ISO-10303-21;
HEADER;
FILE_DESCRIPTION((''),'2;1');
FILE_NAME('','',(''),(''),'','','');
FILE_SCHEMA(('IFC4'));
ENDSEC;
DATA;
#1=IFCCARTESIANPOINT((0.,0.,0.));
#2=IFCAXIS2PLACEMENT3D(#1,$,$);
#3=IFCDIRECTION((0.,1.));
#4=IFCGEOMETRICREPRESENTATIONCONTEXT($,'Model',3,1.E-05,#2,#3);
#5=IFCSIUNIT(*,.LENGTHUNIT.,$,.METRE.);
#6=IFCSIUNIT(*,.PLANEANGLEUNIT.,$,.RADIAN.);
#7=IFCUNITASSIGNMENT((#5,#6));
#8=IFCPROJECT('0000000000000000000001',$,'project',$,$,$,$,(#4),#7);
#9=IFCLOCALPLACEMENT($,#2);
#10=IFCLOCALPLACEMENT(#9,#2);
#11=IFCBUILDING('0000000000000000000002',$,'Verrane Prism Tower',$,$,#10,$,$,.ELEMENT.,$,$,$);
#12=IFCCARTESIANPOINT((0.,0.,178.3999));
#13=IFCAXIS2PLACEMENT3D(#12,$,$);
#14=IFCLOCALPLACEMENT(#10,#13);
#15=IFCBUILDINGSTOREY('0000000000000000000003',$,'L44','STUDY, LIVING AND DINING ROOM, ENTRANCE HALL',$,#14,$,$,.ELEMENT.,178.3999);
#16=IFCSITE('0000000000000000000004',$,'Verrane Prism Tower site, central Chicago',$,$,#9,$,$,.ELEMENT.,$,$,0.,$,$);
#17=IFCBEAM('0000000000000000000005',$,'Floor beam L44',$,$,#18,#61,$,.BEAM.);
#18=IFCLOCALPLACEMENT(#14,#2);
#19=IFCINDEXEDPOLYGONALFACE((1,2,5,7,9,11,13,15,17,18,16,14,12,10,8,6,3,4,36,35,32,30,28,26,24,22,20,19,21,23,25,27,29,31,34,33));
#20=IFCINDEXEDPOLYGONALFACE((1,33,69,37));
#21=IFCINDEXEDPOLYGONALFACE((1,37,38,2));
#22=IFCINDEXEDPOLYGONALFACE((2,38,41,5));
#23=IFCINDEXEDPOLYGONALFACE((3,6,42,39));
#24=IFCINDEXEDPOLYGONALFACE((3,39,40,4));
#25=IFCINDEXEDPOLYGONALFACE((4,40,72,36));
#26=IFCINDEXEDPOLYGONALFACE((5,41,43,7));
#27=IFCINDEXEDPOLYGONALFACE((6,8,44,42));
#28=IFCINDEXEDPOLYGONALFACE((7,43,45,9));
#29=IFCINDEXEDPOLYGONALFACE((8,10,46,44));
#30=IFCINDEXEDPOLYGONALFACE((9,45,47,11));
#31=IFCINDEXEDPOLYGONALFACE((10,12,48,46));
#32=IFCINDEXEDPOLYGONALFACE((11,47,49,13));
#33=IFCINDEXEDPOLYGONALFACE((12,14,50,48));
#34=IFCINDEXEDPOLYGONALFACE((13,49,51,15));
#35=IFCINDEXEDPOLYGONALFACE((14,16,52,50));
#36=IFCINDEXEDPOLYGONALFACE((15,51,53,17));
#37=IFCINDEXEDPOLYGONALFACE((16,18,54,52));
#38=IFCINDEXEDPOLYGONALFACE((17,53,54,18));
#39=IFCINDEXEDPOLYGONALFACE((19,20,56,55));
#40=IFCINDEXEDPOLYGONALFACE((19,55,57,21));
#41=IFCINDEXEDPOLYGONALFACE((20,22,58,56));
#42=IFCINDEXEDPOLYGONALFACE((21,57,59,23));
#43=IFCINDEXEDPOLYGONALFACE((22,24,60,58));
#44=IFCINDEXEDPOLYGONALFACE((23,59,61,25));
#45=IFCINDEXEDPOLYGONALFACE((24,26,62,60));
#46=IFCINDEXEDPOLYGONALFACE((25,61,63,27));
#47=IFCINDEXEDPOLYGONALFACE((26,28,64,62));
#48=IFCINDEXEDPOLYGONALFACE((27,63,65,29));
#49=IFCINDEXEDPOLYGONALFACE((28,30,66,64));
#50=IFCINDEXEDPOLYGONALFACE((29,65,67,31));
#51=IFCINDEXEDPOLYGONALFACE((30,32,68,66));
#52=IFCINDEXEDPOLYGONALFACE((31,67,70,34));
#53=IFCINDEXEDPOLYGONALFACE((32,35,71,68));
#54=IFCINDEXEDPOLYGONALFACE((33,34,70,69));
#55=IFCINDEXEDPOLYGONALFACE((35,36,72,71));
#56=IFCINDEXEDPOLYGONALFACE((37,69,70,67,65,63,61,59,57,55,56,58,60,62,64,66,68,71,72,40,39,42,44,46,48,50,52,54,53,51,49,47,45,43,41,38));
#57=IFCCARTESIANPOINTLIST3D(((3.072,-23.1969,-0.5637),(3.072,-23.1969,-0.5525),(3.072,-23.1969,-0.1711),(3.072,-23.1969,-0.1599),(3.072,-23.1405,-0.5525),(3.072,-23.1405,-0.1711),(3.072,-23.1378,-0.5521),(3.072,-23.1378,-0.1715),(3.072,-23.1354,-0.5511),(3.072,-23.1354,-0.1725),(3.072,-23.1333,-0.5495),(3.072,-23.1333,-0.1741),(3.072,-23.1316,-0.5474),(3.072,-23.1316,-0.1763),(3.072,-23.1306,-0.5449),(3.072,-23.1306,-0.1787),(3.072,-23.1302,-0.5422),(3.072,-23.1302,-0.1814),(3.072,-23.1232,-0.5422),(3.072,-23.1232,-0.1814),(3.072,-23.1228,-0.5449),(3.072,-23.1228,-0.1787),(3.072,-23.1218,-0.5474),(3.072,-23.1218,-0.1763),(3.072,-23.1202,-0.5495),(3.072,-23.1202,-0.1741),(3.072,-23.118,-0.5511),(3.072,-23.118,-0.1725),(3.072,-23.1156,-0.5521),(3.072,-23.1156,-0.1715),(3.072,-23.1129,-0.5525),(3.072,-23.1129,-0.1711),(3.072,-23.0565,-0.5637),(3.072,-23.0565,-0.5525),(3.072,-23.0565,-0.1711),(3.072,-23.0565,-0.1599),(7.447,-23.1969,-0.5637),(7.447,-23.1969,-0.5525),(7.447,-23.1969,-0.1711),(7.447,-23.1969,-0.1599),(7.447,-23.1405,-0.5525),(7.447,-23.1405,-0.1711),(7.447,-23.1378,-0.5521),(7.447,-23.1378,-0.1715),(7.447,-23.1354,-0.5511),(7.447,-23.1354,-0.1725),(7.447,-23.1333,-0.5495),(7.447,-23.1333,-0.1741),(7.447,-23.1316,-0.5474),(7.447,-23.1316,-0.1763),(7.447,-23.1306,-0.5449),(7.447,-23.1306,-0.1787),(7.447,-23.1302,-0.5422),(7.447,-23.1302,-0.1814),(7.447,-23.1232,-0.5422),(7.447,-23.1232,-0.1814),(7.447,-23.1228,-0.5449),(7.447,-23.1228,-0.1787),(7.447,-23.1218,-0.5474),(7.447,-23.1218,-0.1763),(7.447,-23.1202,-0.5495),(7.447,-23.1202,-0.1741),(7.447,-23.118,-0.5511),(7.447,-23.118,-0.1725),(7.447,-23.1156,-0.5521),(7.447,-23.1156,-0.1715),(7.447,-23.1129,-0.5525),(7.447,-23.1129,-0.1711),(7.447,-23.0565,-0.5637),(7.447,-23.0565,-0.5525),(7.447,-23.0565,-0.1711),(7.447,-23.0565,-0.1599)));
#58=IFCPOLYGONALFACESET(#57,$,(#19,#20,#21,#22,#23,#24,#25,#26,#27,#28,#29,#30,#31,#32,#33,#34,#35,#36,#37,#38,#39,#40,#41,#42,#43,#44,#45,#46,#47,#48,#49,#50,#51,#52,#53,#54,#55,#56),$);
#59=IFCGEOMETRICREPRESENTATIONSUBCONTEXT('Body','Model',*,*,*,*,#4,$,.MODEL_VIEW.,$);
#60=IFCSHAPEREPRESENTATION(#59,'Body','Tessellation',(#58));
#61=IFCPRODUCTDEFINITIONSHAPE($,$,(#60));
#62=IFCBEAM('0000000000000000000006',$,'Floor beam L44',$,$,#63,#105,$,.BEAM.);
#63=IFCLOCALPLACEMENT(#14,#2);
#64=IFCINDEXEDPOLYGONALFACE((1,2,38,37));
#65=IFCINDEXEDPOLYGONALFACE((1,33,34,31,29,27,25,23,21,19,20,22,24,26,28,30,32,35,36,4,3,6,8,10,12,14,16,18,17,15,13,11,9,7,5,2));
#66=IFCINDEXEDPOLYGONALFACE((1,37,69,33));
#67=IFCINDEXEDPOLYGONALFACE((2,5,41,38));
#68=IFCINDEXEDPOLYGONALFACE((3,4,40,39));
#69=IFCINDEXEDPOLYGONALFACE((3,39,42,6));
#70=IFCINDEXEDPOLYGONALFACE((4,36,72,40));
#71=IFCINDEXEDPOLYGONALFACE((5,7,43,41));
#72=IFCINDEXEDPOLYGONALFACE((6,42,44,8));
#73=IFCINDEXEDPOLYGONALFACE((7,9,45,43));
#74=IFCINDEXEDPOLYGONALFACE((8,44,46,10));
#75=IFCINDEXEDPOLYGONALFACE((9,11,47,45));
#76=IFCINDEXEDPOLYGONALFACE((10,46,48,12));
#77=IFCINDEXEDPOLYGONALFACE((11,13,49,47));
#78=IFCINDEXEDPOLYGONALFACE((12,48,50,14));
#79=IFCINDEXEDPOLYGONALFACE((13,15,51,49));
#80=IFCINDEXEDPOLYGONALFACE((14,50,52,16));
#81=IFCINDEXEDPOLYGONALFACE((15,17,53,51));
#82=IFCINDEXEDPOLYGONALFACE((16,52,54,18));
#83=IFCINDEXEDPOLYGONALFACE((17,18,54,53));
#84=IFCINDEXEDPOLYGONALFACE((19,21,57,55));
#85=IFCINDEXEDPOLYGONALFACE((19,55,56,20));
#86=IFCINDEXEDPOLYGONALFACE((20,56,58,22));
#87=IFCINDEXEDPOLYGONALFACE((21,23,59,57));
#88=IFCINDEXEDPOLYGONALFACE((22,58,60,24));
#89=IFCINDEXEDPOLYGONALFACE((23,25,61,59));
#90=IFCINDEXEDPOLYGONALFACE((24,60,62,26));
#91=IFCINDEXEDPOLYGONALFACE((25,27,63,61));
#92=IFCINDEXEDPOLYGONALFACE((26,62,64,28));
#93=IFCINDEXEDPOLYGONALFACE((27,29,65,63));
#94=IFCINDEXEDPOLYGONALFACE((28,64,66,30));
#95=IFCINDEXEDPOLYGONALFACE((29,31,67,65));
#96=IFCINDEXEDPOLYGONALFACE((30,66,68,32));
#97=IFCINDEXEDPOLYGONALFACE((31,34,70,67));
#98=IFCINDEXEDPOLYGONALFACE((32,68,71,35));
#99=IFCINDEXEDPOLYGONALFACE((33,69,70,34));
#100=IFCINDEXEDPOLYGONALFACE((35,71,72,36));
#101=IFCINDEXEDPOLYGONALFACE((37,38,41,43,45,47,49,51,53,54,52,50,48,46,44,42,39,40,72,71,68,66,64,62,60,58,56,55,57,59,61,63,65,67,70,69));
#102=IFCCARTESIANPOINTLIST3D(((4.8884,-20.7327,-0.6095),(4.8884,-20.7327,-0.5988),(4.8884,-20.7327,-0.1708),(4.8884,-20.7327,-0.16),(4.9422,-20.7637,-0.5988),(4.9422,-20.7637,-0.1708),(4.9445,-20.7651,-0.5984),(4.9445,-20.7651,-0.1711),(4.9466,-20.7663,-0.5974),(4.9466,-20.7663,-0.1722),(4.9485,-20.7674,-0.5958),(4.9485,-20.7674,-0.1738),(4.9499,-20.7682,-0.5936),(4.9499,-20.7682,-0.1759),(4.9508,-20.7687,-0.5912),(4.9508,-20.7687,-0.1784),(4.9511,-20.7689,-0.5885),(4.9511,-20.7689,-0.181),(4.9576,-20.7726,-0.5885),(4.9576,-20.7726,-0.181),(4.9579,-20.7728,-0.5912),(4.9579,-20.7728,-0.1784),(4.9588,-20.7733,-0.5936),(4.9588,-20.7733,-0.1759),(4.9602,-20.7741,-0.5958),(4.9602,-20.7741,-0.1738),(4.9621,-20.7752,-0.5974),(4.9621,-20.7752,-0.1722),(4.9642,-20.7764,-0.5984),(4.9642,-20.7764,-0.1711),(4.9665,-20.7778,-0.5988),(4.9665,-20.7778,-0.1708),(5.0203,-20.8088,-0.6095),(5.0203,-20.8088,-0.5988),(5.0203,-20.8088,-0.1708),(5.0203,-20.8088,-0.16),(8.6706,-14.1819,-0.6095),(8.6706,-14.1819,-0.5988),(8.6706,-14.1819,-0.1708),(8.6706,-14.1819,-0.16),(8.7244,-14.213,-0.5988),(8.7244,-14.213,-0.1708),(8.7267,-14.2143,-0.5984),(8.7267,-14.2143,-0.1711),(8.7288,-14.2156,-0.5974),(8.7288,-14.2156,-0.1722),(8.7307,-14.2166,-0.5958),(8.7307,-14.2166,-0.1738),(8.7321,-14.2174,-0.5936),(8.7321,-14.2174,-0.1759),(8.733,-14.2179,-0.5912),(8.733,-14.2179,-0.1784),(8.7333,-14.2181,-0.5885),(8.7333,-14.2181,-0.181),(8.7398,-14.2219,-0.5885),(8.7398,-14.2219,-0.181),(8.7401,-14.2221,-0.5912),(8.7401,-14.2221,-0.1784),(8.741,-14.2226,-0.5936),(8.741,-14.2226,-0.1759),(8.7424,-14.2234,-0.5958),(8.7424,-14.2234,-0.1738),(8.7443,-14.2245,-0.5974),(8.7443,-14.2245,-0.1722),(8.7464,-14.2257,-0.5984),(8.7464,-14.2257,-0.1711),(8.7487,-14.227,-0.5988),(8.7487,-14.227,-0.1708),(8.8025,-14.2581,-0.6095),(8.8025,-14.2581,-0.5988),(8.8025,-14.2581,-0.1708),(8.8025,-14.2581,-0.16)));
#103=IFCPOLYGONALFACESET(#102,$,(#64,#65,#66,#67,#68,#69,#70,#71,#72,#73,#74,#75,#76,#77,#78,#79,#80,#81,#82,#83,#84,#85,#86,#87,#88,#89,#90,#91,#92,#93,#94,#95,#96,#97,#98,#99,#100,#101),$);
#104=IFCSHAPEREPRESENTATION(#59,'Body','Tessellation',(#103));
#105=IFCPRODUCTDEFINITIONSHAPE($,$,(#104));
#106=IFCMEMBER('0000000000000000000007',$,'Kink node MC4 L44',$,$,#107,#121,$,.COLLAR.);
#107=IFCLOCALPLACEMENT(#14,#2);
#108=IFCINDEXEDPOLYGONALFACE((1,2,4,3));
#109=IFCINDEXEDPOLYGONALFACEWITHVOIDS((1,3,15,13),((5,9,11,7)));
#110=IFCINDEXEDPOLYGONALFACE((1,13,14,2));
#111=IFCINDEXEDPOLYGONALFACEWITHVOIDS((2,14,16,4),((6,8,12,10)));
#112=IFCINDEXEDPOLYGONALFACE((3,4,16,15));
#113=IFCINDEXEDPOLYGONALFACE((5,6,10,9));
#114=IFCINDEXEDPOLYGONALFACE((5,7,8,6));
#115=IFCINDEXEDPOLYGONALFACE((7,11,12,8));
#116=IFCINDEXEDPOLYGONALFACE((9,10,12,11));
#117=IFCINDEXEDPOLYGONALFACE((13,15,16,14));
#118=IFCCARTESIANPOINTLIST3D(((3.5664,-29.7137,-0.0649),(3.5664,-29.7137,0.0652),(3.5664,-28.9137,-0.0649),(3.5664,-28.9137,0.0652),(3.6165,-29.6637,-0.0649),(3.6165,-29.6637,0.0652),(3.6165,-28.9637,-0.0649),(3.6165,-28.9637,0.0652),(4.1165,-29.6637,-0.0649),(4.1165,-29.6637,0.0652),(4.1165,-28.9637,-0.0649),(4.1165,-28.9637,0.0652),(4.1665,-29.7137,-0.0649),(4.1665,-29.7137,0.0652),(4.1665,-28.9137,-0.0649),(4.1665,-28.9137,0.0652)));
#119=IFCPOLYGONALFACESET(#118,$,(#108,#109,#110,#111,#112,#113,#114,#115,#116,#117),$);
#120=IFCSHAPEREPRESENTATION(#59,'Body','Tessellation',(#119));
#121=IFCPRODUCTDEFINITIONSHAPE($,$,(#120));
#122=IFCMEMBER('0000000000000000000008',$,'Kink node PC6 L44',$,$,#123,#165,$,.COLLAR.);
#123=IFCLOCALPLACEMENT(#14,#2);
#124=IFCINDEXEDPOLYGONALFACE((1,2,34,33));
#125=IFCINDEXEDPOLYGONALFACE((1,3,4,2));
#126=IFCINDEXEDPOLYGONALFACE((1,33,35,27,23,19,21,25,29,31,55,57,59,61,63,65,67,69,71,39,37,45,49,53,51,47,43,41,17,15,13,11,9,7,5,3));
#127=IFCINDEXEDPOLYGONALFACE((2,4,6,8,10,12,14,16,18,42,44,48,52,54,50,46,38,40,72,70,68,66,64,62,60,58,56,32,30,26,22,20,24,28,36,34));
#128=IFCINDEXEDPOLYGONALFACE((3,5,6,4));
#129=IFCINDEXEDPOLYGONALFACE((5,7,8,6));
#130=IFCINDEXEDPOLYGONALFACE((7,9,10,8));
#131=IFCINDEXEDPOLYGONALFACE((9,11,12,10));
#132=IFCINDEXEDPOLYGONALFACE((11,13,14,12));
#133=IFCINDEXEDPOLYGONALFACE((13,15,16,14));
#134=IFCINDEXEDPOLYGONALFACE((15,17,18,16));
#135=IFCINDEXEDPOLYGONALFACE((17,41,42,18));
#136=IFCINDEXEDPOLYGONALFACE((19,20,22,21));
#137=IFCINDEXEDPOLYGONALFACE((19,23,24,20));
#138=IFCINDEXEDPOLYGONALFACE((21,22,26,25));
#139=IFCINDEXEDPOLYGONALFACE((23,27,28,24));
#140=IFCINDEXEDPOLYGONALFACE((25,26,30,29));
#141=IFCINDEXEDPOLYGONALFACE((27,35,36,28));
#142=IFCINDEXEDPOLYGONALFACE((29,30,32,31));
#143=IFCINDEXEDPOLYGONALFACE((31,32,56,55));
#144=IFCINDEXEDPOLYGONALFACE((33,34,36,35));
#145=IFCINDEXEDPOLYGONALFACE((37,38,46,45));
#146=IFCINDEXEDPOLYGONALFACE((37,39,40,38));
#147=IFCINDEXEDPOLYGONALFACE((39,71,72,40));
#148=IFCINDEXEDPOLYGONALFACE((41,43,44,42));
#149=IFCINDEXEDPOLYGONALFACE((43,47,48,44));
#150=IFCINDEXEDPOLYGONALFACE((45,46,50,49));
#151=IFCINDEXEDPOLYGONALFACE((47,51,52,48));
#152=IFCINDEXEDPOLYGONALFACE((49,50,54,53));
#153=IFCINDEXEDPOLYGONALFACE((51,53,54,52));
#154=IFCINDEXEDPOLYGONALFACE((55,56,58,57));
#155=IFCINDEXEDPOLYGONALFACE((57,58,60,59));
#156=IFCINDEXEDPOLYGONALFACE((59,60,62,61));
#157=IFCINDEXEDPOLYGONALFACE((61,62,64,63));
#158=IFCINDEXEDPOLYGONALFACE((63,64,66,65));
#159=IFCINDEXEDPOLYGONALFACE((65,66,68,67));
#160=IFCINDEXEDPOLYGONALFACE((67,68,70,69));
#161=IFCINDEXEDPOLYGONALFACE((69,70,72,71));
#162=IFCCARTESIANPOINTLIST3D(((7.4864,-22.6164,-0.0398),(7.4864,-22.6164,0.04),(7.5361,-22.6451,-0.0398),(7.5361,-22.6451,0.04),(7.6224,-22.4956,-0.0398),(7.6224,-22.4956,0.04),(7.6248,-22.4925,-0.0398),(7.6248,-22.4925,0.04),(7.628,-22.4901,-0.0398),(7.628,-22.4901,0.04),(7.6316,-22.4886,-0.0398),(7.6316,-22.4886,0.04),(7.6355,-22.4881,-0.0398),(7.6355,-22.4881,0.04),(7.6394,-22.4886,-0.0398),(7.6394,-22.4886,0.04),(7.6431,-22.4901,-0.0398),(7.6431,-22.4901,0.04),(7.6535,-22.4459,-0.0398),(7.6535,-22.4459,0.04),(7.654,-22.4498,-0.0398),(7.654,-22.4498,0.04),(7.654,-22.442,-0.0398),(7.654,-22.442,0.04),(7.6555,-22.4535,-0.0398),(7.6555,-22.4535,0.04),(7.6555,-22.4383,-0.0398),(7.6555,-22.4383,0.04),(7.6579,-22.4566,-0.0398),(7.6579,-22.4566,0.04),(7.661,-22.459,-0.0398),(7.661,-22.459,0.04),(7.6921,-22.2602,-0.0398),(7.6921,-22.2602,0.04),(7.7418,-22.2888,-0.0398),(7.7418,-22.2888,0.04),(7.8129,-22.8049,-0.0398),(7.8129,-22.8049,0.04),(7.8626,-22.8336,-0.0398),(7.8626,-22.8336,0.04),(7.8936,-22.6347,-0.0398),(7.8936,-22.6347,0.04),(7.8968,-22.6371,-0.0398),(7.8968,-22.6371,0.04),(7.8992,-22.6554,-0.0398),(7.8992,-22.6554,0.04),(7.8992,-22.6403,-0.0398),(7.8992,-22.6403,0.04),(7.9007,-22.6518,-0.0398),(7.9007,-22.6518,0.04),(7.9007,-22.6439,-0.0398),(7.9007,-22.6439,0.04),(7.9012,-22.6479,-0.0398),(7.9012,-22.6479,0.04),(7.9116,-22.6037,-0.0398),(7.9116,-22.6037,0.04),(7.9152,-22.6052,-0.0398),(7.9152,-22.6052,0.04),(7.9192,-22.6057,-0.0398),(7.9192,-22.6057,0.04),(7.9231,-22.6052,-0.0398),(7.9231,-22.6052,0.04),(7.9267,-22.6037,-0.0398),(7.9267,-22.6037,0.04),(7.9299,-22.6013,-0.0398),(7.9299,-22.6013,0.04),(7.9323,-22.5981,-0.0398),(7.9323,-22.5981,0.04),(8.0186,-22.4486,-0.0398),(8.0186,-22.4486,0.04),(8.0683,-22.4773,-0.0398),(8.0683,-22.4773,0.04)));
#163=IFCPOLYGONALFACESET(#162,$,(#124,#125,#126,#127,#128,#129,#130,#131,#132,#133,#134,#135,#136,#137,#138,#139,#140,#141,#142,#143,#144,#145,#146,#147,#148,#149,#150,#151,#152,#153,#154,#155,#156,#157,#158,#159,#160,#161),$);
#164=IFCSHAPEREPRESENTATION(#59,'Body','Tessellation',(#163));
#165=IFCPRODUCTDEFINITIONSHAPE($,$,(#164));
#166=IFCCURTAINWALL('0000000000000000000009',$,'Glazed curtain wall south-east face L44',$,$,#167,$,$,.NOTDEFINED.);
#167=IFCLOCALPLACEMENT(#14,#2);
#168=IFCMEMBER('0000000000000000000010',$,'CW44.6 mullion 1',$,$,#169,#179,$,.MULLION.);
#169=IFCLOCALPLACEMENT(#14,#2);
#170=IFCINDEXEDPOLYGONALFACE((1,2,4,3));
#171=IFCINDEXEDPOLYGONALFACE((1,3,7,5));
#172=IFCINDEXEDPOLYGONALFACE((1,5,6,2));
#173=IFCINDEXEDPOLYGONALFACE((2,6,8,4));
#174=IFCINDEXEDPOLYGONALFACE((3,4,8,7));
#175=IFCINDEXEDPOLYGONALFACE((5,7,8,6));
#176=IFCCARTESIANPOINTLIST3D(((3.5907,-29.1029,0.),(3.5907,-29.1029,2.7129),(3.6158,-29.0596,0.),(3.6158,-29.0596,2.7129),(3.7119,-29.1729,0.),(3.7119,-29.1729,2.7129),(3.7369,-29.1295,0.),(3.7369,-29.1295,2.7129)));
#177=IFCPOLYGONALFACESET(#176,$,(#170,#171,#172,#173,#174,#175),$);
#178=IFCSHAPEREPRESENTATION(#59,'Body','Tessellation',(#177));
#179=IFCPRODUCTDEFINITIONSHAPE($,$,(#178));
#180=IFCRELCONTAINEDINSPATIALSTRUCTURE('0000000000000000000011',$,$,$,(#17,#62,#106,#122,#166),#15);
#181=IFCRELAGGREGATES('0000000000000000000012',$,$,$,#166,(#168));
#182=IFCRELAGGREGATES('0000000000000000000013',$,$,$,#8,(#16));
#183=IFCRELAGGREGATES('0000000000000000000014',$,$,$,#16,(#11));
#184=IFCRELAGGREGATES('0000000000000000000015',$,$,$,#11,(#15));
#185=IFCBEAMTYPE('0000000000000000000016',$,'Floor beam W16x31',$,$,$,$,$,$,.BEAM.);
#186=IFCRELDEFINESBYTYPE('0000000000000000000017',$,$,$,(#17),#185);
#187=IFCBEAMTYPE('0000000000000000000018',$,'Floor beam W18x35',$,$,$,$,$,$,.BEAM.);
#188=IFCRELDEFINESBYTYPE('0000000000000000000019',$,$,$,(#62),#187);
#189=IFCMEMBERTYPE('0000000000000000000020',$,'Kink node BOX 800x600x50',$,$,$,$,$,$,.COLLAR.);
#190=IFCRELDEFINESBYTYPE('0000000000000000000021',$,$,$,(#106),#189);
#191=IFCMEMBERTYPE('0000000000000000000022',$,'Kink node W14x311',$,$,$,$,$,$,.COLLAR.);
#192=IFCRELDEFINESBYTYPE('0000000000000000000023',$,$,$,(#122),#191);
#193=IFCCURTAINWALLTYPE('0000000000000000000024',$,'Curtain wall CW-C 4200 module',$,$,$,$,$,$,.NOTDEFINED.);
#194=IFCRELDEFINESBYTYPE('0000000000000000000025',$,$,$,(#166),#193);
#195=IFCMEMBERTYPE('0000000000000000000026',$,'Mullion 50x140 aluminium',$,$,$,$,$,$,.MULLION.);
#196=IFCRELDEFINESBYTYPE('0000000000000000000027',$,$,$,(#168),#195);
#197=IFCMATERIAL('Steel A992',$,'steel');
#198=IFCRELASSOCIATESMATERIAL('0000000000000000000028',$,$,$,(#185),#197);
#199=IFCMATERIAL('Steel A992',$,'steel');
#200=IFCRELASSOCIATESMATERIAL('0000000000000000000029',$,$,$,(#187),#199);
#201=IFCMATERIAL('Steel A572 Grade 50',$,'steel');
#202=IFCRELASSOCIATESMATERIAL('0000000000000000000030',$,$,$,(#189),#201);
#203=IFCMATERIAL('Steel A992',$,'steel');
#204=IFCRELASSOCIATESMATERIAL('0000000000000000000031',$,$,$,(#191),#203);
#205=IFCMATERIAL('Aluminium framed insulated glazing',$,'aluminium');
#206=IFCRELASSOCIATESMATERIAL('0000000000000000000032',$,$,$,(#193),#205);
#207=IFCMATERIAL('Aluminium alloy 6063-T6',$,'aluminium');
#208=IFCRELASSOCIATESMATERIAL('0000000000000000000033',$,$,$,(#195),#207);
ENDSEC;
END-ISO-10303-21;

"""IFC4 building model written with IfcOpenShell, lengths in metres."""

from ifc_helpers import new_model, si_unit, direction, frame, origin, origin_2d, place, context, subcontext, project, spatial, rectangle, hollow_rectangle, i_section, extrude, material, material_profile, profile_set, type_object, element, aggregate, save


model = new_model("IFC4")

# Units and contexts
model_context = context("Model", 3, precision=1e-05, world=origin(), true_north=direction((0.0, 1.0)))
body_context = subcontext(model_context, "Body", "Model", "MODEL_VIEW")
ifc_project = project(units=[si_unit("LENGTHUNIT", "METRE"), si_unit("PLANEANGLEUNIT", "RADIAN")], contexts=[model_context])

# Site, building, storey
site_placement = place(None, origin())
site = spatial("IfcSite", under=ifc_project, at=site_placement, Name="Verrane Prism Tower site, central Chicago", CompositionType="ELEMENT", RefElevation=0.0)
building_placement = place(site_placement, origin())
building = spatial("IfcBuilding", under=site, at=building_placement, Name="Verrane Prism Tower", CompositionType="ELEMENT")
storey_placement = place(building_placement, frame((0.0, 0.0, 178.3999)))
storey = spatial("IfcBuildingStorey", under=building, at=storey_placement, Name="L44", Description="STUDY, LIVING AND DINING ROOM, ENTRANCE HALL", CompositionType="ELEMENT", Elevation=178.3999)

# Beams
ifc_material_1 = material(Name="Steel A992", Category="steel")
ifc_material_profile_1 = material_profile(ifc_material_1, i_section(OverallWidth=0.1404, OverallDepth=0.4038, WebThickness=0.0071, FlangeThickness=0.0112, FilletRadius=0.0103, at=origin_2d()), Name="W16x31")
ifc_profile_set_1 = profile_set([ifc_material_profile_1], Name="Steel A992")
beam_type_1 = type_object("IfcBeamType", Name="Floor beam W16x31", PredefinedType="BEAM", material=ifc_profile_set_1)
beam_1_placement = place(storey_placement, frame((3.072, -23.1267, -0.3618), z_axis=(1.0, 0.0, 0.0), x_axis=(0.0, 1.0, 0.0)))
element("IfcBeam", 1, at=beam_1_placement, inside=storey, type_object=beam_type_1, Name="Floor beam L44", PredefinedType="BEAM", context=body_context, shape_type="SweptSolid", body=[
    extrude(i_section(OverallWidth=0.1404, OverallDepth=0.4038, WebThickness=0.0071, FlangeThickness=0.0112, FilletRadius=0.0103, at=origin_2d()), origin(), (0.0, 0.0, 1.0), 4.375),
])
ifc_material_2 = material(Name="Steel A992", Category="steel")
ifc_material_profile_2 = material_profile(ifc_material_2, i_section(OverallWidth=0.1523, OverallDepth=0.4495, WebThickness=0.0076, FlangeThickness=0.0107, FilletRadius=0.0103, at=origin_2d()), Name="W18x35")
ifc_profile_set_2 = profile_set([ifc_material_profile_2], Name="Steel A992")
beam_type_2 = type_object("IfcBeamType", Name="Floor beam W18x35", PredefinedType="BEAM", material=ifc_profile_set_2)
beam_2_placement = place(storey_placement, frame((4.9543, -20.7708, -0.3848), z_axis=(0.500013, 0.866018, 0.0), x_axis=(-0.866018, 0.500013, 0.0)))
element("IfcBeam", 2, at=beam_2_placement, inside=storey, type_object=beam_type_2, Name="Floor beam L44", PredefinedType="BEAM", context=body_context, shape_type="SweptSolid", body=[
    extrude(i_section(OverallWidth=0.1523, OverallDepth=0.4495, WebThickness=0.0076, FlangeThickness=0.0107, FilletRadius=0.0103, at=origin_2d()), origin(), (0.0, 0.0, 1.0), 7.5642),
])

# Members
ifc_material_3 = material(Name="Steel A572 Grade 50", Category="steel")
ifc_material_profile_3 = material_profile(ifc_material_3, hollow_rectangle(XDim=0.6001, YDim=0.8, WallThickness=0.05, at=origin_2d()), Name="BOX 800x600x50")
ifc_profile_set_3 = profile_set([ifc_material_profile_3], Name="Steel A572 Grade 50")
member_type_1 = type_object("IfcMemberType", Name="Kink node BOX 800x600x50", PredefinedType="COLLAR", material=ifc_profile_set_3)
member_1_placement = place(storey_placement, frame((3.8665, -29.3137, -0.0649), z_axis=(0.0, 0.0, 1.0), x_axis=(-1.0, 0.0, 0.0)))
element("IfcMember", 3, at=member_1_placement, inside=storey, type_object=member_type_1, Name="Kink node MC4 L44", PredefinedType="COLLAR", context=body_context, shape_type="SweptSolid", body=[
    extrude(hollow_rectangle(XDim=0.6001, YDim=0.8, WallThickness=0.05, at=origin_2d()), origin(), (0.0, 0.0, 1.0), 0.1301),
])
ifc_material_4 = material(Name="Steel A992", Category="steel")
ifc_material_profile_4 = material_profile(ifc_material_4, i_section(OverallWidth=0.4114, OverallDepth=0.4343, WebThickness=0.0359, FlangeThickness=0.0574, FilletRadius=0.0151, at=origin_2d()), Name="W14x311")
ifc_profile_set_4 = profile_set([ifc_material_profile_4], Name="Steel A992")
member_type_2 = type_object("IfcMemberType", Name="Kink node W14x311", PredefinedType="COLLAR", material=ifc_profile_set_4)
member_2_placement = place(storey_placement, frame((7.7773, -22.5469, -0.0398), z_axis=(0.0, 0.0, 1.0), x_axis=(-0.5, -0.866025, 0.0)))
element("IfcMember", 4, at=member_2_placement, inside=storey, type_object=member_type_2, Name="Kink node PC6 L44", PredefinedType="COLLAR", context=body_context, shape_type="SweptSolid", body=[
    extrude(i_section(OverallWidth=0.4114, OverallDepth=0.4343, WebThickness=0.0359, FlangeThickness=0.0574, FilletRadius=0.0151, at=origin_2d()), origin(), (0.0, 0.0, 1.0), 0.0798),
])

# Curtain wall, member
ifc_material_5 = material(Name="Aluminium framed insulated glazing", Category="aluminium")
curtain_wall_type_1 = type_object("IfcCurtainWallType", Name="Curtain wall CW-C 4200 module", PredefinedType="NOTDEFINED", material=ifc_material_5)
curtain_wall_1_placement = place(storey_placement, origin())
curtain_wall_1 = element("IfcCurtainWall", 5, at=curtain_wall_1_placement, inside=storey, type_object=curtain_wall_type_1, Name="Glazed curtain wall south-east face L44", PredefinedType="NOTDEFINED")
ifc_material_6 = material(Name="Aluminium alloy 6063-T6", Category="aluminium")
ifc_material_profile_5 = material_profile(ifc_material_6, rectangle(XDim=0.1399, YDim=0.05, at=origin_2d()), Name="Mullion 50x140 aluminium")
ifc_profile_set_5 = profile_set([ifc_material_profile_5], Name="Aluminium alloy 6063-T6")
member_type_3 = type_object("IfcMemberType", Name="Mullion 50x140 aluminium", PredefinedType="MULLION", material=ifc_profile_set_5)
member_3_placement = place(storey_placement, frame((3.6638, -29.1162, 0.0), z_axis=(0.0, 0.0, 1.0), x_axis=(-0.866026, 0.499999, 0.0)))
member_3 = element("IfcMember", 6, at=member_3_placement, type_object=member_type_3, Name="CW44.6 mullion 1", PredefinedType="MULLION", context=body_context, shape_type="SweptSolid", body=[
    extrude(rectangle(XDim=0.1399, YDim=0.05, at=origin_2d()), origin(), (0.0, 0.0, 1.0), 2.7129),
])

aggregate(curtain_wall_1, [member_3])

save(model, "model.ifc")
